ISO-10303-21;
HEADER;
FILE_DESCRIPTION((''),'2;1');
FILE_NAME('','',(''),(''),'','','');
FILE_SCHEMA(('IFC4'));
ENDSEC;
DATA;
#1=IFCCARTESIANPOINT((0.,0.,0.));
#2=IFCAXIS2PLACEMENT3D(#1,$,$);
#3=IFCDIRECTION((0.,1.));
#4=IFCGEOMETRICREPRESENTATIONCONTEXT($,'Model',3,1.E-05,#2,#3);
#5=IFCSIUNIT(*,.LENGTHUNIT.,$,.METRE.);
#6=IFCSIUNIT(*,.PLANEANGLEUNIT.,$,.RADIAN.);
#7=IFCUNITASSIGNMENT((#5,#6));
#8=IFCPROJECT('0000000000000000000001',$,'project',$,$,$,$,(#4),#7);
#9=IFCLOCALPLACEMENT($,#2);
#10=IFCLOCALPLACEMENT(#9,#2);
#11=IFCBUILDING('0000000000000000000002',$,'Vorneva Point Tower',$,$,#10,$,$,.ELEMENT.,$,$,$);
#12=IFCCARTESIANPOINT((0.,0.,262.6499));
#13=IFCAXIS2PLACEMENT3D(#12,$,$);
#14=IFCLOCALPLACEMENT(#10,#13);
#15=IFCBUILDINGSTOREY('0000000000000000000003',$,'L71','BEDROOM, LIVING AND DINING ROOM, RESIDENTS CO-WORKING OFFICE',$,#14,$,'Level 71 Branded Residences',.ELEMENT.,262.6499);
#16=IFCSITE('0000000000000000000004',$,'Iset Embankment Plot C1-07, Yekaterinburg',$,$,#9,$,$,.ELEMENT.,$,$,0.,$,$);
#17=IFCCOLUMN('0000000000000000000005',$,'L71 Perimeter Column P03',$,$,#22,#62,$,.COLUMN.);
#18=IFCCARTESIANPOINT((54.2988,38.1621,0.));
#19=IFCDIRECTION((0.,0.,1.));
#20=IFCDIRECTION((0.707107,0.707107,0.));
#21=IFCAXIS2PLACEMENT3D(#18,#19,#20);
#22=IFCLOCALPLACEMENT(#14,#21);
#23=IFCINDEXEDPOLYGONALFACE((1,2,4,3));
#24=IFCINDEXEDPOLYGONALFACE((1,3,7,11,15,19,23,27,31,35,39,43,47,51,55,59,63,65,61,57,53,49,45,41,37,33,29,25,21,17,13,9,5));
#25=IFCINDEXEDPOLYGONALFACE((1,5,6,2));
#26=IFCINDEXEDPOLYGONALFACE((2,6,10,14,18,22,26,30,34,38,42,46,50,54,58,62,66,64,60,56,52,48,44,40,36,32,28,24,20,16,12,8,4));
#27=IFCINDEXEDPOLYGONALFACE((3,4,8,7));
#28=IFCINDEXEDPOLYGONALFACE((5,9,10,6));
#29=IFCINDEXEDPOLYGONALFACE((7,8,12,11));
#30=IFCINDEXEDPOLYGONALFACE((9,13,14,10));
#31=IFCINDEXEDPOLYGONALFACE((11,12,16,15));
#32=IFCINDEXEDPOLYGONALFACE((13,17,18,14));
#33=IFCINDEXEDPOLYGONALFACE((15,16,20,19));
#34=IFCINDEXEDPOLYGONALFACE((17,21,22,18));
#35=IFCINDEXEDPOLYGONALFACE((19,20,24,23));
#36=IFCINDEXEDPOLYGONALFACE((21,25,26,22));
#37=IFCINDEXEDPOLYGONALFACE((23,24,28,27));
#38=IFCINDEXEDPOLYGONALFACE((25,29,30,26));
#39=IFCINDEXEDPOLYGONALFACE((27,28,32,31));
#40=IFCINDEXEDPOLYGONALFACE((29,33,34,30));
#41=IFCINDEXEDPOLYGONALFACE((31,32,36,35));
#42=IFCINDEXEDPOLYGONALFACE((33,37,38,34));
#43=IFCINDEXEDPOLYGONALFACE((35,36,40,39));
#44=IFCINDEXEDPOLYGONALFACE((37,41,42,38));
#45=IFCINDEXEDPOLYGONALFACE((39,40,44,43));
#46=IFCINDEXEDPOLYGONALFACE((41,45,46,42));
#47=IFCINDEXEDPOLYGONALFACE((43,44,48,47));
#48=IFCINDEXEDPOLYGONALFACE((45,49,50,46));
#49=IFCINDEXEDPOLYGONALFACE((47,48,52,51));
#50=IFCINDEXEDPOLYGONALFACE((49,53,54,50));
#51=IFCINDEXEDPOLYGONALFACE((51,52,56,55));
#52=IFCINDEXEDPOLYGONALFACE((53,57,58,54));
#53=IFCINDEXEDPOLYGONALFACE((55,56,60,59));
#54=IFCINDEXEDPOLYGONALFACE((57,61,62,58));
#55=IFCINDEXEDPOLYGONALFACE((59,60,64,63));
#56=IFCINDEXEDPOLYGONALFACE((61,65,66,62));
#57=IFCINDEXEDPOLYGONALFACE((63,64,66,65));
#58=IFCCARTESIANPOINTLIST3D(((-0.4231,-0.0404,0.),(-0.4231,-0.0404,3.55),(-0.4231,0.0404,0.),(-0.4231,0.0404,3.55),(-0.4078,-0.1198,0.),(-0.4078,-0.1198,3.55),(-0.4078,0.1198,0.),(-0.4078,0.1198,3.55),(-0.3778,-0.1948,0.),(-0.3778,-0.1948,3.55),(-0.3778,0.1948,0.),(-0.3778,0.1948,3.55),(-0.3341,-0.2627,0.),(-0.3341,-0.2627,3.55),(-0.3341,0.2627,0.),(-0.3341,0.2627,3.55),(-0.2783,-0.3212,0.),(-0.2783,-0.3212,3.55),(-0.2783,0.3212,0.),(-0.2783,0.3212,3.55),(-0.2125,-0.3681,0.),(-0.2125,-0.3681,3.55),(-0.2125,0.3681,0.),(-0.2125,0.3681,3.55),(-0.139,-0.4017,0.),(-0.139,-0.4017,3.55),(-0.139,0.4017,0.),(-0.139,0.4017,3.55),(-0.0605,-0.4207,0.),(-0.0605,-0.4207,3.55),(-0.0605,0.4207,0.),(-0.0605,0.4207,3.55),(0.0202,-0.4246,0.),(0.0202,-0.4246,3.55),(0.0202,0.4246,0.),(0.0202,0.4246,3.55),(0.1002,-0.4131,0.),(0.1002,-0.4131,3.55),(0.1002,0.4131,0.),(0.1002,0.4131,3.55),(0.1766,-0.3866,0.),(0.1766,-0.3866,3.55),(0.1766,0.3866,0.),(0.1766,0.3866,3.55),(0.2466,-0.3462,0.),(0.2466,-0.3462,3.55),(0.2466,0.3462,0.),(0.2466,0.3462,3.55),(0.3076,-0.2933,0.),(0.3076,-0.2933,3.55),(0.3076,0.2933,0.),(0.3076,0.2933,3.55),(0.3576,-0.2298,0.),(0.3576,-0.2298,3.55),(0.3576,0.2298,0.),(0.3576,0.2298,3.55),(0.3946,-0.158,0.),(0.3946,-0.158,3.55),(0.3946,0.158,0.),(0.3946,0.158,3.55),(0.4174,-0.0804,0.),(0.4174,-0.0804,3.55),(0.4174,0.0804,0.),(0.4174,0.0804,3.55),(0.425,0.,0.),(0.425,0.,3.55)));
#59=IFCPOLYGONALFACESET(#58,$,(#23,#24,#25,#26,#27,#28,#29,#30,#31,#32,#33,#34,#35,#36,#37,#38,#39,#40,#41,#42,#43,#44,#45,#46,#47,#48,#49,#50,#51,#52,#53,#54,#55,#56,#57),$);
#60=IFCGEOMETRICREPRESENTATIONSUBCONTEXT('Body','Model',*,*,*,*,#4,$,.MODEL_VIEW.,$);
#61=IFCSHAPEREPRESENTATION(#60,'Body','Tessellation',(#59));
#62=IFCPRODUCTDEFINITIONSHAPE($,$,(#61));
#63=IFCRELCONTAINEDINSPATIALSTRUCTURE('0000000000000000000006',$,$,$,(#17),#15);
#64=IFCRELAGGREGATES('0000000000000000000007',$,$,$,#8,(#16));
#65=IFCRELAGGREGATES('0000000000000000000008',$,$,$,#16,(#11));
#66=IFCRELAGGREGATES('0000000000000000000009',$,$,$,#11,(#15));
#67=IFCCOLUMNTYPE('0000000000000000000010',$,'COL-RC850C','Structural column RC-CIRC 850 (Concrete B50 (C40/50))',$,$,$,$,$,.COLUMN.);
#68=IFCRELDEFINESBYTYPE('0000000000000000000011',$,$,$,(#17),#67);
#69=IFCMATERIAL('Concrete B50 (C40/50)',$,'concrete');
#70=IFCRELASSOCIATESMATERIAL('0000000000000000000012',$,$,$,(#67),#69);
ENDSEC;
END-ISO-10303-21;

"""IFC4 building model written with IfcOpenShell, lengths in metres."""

from ifc_helpers import new_model, si_unit, direction, frame, origin, origin_2d, place, context, subcontext, project, spatial, circle, extrude, material, material_profile, profile_set, type_object, element, save


model = new_model("IFC4")

# Units and contexts
model_context = context("Model", 3, precision=1e-05, world=origin(), true_north=direction((0.0, 1.0)))
body_context = subcontext(model_context, "Body", "Model", "MODEL_VIEW")
ifc_project = project(units=[si_unit("LENGTHUNIT", "METRE"), si_unit("PLANEANGLEUNIT", "RADIAN")], contexts=[model_context])

# Site, building, storey
site_placement = place(None, origin())
site = spatial("IfcSite", under=ifc_project, at=site_placement, Name="Iset Embankment Plot C1-07, Yekaterinburg", CompositionType="ELEMENT", RefElevation=0.0)
building_placement = place(site_placement, origin())
building = spatial("IfcBuilding", under=site, at=building_placement, Name="Vorneva Point Tower", CompositionType="ELEMENT")
storey_placement = place(building_placement, frame((0.0, 0.0, 262.6499)))
storey = spatial("IfcBuildingStorey", under=building, at=storey_placement, Name="L71", Description="BEDROOM, LIVING AND DINING ROOM, RESIDENTS CO-WORKING OFFICE", LongName="Level 71 Branded Residences", CompositionType="ELEMENT", Elevation=262.6499)

# Column
ifc_material_1 = material(Name="Concrete B50 (C40/50)", Category="concrete")
ifc_material_profile_1 = material_profile(ifc_material_1, circle(Radius=0.425, at=origin_2d()), Name="RC-CIRC 850")
ifc_profile_set_1 = profile_set([ifc_material_profile_1], Name="Concrete B50 (C40/50)")
column_type_1 = type_object("IfcColumnType", Name="COL-RC850C", Description="Structural column RC-CIRC 850 (Concrete B50 (C40/50))", PredefinedType="COLUMN", material=ifc_profile_set_1)
column_1_placement = place(storey_placement, frame((54.2988, 38.1621, 0.0), z_axis=(0.0, 0.0, 1.0), x_axis=(0.707107, 0.707107, 0.0)))
element("IfcColumn", 1, at=column_1_placement, inside=storey, type_object=column_type_1, Name="L71 Perimeter Column P03", PredefinedType="COLUMN", context=body_context, shape_type="SweptSolid", body=[
    extrude(circle(Radius=0.425, at=origin_2d()), origin(), (0.0, 0.0, 1.0), 3.55),
])

save(model, "model.ifc")
